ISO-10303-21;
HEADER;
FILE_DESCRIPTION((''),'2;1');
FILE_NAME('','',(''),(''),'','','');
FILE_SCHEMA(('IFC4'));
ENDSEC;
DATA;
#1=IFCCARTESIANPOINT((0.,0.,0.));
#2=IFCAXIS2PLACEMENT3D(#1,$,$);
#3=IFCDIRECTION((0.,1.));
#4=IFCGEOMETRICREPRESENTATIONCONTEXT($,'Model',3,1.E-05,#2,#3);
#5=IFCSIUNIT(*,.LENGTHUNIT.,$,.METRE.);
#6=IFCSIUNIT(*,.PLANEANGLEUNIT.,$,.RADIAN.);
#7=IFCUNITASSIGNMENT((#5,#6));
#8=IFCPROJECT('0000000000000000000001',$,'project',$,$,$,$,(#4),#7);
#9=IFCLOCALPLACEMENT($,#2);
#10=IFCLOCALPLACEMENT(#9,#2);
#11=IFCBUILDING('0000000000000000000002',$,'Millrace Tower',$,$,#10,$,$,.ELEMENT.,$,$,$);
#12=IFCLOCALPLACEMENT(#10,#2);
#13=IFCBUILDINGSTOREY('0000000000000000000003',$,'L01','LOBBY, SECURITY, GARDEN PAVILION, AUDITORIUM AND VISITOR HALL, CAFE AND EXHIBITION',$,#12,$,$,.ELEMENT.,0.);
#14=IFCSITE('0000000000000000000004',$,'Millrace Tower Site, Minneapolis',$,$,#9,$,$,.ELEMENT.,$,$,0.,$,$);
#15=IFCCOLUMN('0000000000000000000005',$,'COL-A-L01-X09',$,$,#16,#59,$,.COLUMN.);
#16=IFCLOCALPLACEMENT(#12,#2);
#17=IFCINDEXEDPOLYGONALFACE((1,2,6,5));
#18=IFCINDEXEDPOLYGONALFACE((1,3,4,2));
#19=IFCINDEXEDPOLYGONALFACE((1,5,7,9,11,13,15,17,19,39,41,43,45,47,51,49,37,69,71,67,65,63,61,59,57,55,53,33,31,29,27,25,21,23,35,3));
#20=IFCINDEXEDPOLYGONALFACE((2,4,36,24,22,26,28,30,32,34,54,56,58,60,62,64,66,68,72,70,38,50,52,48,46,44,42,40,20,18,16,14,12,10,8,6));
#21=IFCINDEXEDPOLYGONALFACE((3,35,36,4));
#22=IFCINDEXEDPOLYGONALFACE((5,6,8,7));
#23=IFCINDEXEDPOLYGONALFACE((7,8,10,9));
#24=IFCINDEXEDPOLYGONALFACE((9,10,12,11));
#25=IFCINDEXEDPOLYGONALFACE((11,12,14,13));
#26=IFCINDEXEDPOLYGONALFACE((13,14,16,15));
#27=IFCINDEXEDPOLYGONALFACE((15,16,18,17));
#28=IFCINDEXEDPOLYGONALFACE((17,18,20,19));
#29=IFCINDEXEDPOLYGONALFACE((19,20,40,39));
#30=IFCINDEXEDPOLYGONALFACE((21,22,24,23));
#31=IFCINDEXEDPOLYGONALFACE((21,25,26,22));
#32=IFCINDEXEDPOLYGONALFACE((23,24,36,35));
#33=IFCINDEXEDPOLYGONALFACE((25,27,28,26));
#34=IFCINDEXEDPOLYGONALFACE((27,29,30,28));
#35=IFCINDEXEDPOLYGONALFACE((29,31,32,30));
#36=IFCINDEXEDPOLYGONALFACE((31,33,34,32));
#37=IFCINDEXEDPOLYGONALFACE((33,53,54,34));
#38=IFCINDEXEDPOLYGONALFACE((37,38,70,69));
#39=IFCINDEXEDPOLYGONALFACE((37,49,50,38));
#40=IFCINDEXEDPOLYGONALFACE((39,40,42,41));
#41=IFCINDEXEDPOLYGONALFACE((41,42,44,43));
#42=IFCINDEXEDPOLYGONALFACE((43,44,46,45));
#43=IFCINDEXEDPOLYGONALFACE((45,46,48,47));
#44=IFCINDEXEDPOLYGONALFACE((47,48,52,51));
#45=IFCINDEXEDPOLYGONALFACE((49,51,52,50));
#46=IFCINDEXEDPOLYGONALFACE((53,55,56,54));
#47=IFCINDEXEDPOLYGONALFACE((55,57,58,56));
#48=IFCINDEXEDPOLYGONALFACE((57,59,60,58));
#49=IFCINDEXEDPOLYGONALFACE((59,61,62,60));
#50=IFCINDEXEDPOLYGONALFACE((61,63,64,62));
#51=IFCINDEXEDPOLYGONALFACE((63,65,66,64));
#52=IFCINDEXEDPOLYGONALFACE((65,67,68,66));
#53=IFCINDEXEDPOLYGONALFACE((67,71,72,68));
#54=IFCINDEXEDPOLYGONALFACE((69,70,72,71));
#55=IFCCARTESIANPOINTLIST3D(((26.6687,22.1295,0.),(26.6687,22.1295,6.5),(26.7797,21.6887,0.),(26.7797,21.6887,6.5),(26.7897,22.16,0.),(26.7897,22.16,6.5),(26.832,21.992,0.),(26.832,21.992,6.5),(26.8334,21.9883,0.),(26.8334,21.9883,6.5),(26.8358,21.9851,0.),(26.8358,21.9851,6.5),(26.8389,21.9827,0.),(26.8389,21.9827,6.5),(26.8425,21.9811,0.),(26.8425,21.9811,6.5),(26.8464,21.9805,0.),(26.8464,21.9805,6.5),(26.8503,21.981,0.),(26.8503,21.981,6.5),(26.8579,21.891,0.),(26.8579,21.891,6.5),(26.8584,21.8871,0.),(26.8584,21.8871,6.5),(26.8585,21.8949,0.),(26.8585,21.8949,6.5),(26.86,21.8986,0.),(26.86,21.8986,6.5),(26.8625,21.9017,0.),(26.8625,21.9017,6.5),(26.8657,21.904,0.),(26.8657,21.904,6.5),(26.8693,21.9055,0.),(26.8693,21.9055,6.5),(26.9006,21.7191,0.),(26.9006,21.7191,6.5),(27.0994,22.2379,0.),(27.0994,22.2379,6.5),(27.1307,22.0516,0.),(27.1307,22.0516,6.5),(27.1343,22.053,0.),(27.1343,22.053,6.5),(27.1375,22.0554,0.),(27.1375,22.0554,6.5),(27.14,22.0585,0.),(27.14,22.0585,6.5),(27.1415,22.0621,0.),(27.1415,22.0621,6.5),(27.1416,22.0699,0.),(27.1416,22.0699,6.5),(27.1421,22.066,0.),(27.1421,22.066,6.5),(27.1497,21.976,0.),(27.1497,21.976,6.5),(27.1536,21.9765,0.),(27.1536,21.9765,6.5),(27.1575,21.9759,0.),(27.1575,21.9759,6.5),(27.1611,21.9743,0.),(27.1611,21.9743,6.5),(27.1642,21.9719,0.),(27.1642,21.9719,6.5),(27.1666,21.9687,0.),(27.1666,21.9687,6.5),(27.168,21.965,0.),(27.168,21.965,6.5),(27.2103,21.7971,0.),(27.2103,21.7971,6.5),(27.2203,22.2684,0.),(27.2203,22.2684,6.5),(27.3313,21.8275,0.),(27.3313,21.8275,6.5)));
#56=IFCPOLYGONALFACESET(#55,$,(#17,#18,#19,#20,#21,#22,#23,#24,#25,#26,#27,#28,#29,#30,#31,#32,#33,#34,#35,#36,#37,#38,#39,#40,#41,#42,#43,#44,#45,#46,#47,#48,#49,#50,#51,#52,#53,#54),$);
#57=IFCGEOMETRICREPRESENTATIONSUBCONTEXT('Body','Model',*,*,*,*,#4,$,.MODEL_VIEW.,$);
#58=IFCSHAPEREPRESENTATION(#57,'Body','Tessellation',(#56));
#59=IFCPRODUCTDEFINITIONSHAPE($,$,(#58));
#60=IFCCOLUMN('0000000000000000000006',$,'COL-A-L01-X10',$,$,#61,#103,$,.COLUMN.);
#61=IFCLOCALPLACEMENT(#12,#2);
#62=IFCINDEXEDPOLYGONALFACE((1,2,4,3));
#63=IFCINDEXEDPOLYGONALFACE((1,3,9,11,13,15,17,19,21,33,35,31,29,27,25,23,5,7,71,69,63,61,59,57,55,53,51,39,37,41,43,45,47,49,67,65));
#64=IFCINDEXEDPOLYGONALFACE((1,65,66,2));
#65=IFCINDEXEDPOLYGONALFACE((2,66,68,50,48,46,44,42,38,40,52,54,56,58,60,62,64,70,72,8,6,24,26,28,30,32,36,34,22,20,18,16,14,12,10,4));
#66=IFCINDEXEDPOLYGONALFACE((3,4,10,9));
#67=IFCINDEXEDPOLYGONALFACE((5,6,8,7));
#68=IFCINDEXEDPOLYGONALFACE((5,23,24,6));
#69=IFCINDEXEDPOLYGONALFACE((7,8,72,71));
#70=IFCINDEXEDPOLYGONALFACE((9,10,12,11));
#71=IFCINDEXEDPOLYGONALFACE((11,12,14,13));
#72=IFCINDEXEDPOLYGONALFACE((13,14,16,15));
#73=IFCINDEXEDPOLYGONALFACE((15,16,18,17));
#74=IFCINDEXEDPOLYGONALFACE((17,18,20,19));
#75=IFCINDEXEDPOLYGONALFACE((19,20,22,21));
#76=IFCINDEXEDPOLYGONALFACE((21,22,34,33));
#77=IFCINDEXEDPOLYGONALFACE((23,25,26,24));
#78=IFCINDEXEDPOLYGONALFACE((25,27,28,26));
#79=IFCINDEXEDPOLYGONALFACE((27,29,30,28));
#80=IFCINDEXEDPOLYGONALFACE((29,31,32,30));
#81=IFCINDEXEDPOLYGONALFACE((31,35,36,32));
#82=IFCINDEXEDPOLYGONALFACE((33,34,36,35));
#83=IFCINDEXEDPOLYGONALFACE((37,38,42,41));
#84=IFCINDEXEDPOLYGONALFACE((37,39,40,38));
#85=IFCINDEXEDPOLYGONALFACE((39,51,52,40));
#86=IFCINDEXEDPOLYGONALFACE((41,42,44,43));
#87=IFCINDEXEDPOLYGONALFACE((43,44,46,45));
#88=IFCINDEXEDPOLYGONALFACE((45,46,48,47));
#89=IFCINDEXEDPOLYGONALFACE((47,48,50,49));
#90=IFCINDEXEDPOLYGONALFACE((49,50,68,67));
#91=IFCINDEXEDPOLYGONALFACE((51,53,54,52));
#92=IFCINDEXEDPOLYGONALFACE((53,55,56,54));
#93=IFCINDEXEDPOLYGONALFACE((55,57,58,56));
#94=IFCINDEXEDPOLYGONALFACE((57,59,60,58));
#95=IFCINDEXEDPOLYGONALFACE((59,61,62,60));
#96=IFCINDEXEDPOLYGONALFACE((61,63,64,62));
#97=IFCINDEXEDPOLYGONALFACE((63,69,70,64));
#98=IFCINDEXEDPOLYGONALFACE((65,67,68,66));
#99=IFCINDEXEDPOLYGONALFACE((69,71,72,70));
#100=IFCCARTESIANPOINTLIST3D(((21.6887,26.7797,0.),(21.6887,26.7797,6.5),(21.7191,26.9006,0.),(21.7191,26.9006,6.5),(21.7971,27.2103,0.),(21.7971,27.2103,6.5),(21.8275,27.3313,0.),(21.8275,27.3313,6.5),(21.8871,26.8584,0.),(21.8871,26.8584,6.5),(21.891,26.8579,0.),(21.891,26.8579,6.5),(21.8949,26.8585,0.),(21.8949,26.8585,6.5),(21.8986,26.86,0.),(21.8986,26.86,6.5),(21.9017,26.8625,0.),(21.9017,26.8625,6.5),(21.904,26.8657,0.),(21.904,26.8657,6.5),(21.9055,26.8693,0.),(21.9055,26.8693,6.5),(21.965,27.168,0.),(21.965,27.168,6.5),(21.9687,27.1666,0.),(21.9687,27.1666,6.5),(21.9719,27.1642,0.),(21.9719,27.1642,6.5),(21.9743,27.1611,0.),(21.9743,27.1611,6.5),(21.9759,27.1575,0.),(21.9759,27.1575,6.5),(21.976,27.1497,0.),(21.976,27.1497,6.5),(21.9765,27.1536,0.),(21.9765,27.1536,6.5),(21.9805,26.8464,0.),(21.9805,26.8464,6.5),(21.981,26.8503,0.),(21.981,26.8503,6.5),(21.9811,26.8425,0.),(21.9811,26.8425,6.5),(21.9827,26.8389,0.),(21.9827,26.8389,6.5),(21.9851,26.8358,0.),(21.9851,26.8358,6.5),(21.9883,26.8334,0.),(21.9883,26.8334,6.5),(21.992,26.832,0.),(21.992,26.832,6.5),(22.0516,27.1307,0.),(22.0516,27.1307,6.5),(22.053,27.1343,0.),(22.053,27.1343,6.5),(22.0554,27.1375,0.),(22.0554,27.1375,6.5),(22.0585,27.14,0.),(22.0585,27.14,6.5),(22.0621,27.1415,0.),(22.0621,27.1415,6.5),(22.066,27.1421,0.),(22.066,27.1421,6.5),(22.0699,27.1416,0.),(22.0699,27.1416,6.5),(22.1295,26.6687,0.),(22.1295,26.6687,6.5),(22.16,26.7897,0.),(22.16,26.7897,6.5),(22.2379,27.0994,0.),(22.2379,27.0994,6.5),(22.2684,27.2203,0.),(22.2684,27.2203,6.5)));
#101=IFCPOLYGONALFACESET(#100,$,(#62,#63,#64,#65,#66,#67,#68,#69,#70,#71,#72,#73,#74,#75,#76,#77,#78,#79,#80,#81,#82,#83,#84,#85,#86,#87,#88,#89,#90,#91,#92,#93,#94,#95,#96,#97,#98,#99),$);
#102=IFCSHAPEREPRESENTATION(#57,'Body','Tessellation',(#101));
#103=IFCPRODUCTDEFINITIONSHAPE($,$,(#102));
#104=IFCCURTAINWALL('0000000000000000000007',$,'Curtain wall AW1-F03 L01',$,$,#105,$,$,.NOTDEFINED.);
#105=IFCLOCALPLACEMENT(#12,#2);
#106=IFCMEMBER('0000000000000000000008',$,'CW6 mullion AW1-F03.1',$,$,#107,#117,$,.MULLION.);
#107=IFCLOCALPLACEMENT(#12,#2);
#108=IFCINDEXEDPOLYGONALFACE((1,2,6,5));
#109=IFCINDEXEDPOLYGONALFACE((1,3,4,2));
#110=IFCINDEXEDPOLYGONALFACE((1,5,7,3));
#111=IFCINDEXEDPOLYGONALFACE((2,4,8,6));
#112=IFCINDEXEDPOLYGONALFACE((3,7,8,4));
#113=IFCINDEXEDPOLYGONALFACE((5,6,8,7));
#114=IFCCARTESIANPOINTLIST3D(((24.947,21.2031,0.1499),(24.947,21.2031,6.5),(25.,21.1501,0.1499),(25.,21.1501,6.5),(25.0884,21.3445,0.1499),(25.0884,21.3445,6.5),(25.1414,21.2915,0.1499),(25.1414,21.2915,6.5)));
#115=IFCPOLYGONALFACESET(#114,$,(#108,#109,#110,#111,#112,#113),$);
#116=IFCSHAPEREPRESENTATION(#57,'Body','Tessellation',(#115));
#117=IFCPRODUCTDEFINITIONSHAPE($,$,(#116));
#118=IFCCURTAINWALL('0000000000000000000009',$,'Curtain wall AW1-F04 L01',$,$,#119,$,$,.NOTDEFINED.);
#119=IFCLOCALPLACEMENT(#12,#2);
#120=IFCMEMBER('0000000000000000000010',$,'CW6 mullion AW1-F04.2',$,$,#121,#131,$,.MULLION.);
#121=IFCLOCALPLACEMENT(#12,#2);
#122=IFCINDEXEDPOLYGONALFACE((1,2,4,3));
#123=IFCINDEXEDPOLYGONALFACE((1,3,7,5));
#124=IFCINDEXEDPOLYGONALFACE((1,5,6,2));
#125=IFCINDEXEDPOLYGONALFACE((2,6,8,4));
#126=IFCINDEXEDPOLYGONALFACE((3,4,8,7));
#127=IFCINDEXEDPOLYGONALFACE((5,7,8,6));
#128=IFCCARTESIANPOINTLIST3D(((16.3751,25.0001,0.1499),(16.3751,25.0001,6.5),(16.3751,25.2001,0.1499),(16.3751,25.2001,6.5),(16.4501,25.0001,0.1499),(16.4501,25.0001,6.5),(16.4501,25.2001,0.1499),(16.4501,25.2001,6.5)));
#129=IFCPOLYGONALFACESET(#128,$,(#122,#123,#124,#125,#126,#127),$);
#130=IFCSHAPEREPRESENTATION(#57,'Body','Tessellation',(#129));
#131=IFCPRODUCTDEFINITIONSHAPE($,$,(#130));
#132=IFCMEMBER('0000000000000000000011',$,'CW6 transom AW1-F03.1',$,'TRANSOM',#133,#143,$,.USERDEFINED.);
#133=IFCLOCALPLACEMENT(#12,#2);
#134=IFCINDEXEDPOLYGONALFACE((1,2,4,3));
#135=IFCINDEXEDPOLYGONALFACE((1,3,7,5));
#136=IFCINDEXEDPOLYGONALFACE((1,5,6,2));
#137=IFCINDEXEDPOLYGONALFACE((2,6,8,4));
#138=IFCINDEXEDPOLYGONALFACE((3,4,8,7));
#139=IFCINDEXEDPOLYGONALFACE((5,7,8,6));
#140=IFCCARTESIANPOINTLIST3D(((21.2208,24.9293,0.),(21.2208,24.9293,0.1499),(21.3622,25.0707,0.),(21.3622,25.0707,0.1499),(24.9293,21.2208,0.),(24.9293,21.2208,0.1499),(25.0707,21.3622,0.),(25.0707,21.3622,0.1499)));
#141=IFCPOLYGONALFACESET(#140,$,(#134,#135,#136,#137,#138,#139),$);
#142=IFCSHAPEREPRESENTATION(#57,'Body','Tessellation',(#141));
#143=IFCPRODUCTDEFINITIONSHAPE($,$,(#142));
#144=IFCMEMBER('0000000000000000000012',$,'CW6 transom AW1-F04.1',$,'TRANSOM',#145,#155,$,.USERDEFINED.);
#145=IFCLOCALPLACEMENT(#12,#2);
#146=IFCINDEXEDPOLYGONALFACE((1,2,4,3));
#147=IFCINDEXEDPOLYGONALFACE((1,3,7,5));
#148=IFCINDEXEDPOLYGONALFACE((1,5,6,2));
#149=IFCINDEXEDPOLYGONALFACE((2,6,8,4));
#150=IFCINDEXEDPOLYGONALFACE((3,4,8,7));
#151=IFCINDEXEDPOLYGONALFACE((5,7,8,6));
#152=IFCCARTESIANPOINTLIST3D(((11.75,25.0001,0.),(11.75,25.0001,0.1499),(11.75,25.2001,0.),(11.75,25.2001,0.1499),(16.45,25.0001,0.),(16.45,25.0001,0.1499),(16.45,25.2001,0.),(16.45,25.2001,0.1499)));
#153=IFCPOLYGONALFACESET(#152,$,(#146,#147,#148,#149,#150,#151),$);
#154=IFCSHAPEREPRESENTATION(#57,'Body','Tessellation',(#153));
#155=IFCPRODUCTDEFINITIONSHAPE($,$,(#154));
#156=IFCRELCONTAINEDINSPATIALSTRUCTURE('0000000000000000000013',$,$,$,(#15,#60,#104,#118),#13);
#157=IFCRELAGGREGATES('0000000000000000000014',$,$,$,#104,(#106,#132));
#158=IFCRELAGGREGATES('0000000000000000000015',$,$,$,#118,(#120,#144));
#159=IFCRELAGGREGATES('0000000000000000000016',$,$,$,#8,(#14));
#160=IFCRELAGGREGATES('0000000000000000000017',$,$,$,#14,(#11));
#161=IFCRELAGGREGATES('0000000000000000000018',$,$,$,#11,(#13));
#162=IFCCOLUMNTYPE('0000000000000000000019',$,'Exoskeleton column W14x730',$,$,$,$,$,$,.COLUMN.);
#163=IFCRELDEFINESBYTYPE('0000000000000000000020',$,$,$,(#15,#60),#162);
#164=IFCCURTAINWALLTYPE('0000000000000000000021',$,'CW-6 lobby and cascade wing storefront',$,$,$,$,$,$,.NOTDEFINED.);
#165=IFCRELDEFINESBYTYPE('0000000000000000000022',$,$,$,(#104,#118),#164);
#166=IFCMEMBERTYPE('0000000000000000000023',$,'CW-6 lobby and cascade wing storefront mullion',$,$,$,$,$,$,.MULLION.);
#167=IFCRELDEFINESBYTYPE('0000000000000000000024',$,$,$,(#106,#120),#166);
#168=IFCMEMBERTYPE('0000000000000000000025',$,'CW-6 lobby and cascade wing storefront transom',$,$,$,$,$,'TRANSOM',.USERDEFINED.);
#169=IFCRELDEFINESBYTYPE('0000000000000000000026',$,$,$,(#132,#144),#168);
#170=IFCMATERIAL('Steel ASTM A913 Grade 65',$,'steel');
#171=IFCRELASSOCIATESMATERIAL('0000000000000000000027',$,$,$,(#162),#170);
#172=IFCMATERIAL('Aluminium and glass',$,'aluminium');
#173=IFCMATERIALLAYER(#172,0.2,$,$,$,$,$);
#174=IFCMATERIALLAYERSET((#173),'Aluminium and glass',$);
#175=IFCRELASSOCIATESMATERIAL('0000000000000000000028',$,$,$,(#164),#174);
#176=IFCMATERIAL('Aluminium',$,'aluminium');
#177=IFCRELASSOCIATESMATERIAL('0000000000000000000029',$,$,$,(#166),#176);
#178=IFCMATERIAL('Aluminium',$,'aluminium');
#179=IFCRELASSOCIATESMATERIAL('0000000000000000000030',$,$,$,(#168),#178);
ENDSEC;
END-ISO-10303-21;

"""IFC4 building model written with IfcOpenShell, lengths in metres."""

from ifc_helpers import new_model, si_unit, direction, frame, origin, origin_2d, place, context, subcontext, project, spatial, rectangle, i_section, extrude, material, layer, layer_set, material_profile, profile_set, type_object, element, aggregate, save


model = new_model("IFC4")

# Units and contexts
model_context = context("Model", 3, precision=1e-05, world=origin(), true_north=direction((0.0, 1.0)))
body_context = subcontext(model_context, "Body", "Model", "MODEL_VIEW")
ifc_project = project(units=[si_unit("LENGTHUNIT", "METRE"), si_unit("PLANEANGLEUNIT", "RADIAN")], contexts=[model_context])

# Site, building, storey
site_placement = place(None, origin())
site = spatial("IfcSite", under=ifc_project, at=site_placement, Name="Millrace Tower Site, Minneapolis", CompositionType="ELEMENT", RefElevation=0.0)
building_placement = place(site_placement, origin())
building = spatial("IfcBuilding", under=site, at=building_placement, Name="Millrace Tower", CompositionType="ELEMENT")
storey_placement = place(building_placement, origin())
storey = spatial("IfcBuildingStorey", under=building, at=storey_placement, Name="L01", Description="LOBBY, SECURITY, GARDEN PAVILION, AUDITORIUM AND VISITOR HALL, CAFE AND EXHIBITION", CompositionType="ELEMENT", Elevation=0.0)

# Columns
ifc_material_1 = material(Name="Steel ASTM A913 Grade 65", Category="steel")
ifc_material_profile_1 = material_profile(ifc_material_1, i_section(OverallWidth=0.4546, OverallDepth=0.5688, WebThickness=0.0779, FlangeThickness=0.1248, FilletRadius=0.0151, at=origin_2d()))
ifc_profile_set_1 = profile_set([ifc_material_profile_1], Name="Steel ASTM A913 Grade 65")
column_type = type_object("IfcColumnType", Name="Exoskeleton column W14x730", PredefinedType="COLUMN", material=ifc_profile_set_1)
for number, where, z_axis, x_axis, name in (
    (1, (27.0, 21.9785, 0.0), (0.0, 0.0, 1.0), (-0.244094, 0.969752, 0.0), "COL-A-L01-X09"),
    (2, (21.9785, 27.0, 0.0), (0.0, 0.0, 1.0), (-0.969752, 0.244094, 0.0), "COL-A-L01-X10"),
):
    element("IfcColumn", number, at=place(storey_placement, frame(where, z_axis=z_axis, x_axis=x_axis)), inside=storey, type_object=column_type, Name=name, PredefinedType="COLUMN", context=body_context, shape_type="SweptSolid", body=[
        extrude(i_section(OverallWidth=0.4546, OverallDepth=0.5688, WebThickness=0.0779, FlangeThickness=0.1248, FilletRadius=0.0151, at=origin_2d()), origin(), (0.0, 0.0, 1.0), 6.5),
    ])

# Curtain walls, members
ifc_material_2 = material(Name="Aluminium and glass", Category="aluminium")
ifc_layer_1 = layer(ifc_material_2, 0.2)
ifc_layer_set_1 = layer_set([ifc_layer_1], Name="Aluminium and glass")
curtain_wall_type = type_object("IfcCurtainWallType", Name="CW-6 lobby and cascade wing storefront", PredefinedType="NOTDEFINED", material=ifc_layer_set_1)
placement = place(storey_placement, origin())
curtain_wall_1 = element("IfcCurtainWall", 3, at=placement, inside=storey, type_object=curtain_wall_type, Name="Curtain wall AW1-F03 L01", PredefinedType="NOTDEFINED")
ifc_material_3 = material(Name="Aluminium", Category="aluminium")
ifc_material_profile_2 = material_profile(ifc_material_3, rectangle(XDim=0.075, YDim=0.2, at=origin_2d()))
ifc_profile_set_2 = profile_set([ifc_material_profile_2], Name="Aluminium")
member_type_1 = type_object("IfcMemberType", Name="CW-6 lobby and cascade wing storefront mullion", PredefinedType="MULLION", material=ifc_profile_set_2)
member_1_placement = place(storey_placement, frame((25.0442, 21.2473, 0.1499), z_axis=(0.0, 0.0, 1.0), x_axis=(-0.707107, 0.707107, 0.0)))
member_1 = element("IfcMember", 4, at=member_1_placement, type_object=member_type_1, Name="CW6 mullion AW1-F03.1", PredefinedType="MULLION", context=body_context, shape_type="SweptSolid", body=[
    extrude(rectangle(XDim=0.075, YDim=0.2, at=origin_2d()), origin(), (0.0, 0.0, 1.0), 6.3501),
])
curtain_wall_2 = element("IfcCurtainWall", 5, at=placement, inside=storey, type_object=curtain_wall_type, Name="Curtain wall AW1-F04 L01", PredefinedType="NOTDEFINED")
member_2_placement = place(storey_placement, frame((16.4126, 25.1001, 0.1499), z_axis=(0.0, 0.0, 1.0), x_axis=(-1.0, 0.0, 0.0)))
member_2 = element("IfcMember", 6, at=member_2_placement, type_object=member_type_1, Name="CW6 mullion AW1-F04.2", PredefinedType="MULLION", context=body_context, shape_type="SweptSolid", body=[
    extrude(rectangle(XDim=0.075, YDim=0.2, at=origin_2d()), origin(), (0.0, 0.0, 1.0), 6.3501),
])

# Members
ifc_material_4 = material(Name="Aluminium", Category="aluminium")
ifc_material_profile_3 = material_profile(ifc_material_4, rectangle(XDim=0.2, YDim=0.1499, at=origin_2d()))
ifc_profile_set_3 = profile_set([ifc_material_profile_3], Name="Aluminium")
member_type_2 = type_object("IfcMemberType", Name="CW-6 lobby and cascade wing storefront transom", ElementType="TRANSOM", PredefinedType="USERDEFINED", material=ifc_profile_set_3)
member_3_placement = place(storey_placement, frame((25.0, 21.2915, 0.075), z_axis=(-0.707107, 0.707107, 0.0), x_axis=(-0.707107, -0.707107, 0.0)))
member_3 = element("IfcMember", 7, at=member_3_placement, type_object=member_type_2, Name="CW6 transom AW1-F03.1", ObjectType="TRANSOM", PredefinedType="USERDEFINED", context=body_context, shape_type="SweptSolid", body=[
    extrude(rectangle(XDim=0.2, YDim=0.1499, at=origin_2d()), origin(), (0.0, 0.0, 1.0), 5.2446),
])
aggregate(curtain_wall_1, [member_1, member_3])
member_4_placement = place(storey_placement, frame((16.45, 25.1001, 0.075), z_axis=(-1.0, 0.0, 0.0), x_axis=(0.0, -1.0, 0.0)))
member_4 = element("IfcMember", 8, at=member_4_placement, type_object=member_type_2, Name="CW6 transom AW1-F04.1", ObjectType="TRANSOM", PredefinedType="USERDEFINED", context=body_context, shape_type="SweptSolid", body=[
    extrude(rectangle(XDim=0.2, YDim=0.1499, at=origin_2d()), origin(), (0.0, 0.0, 1.0), 4.7),
])
aggregate(curtain_wall_2, [member_2, member_4])

save(model, "model.ifc")
